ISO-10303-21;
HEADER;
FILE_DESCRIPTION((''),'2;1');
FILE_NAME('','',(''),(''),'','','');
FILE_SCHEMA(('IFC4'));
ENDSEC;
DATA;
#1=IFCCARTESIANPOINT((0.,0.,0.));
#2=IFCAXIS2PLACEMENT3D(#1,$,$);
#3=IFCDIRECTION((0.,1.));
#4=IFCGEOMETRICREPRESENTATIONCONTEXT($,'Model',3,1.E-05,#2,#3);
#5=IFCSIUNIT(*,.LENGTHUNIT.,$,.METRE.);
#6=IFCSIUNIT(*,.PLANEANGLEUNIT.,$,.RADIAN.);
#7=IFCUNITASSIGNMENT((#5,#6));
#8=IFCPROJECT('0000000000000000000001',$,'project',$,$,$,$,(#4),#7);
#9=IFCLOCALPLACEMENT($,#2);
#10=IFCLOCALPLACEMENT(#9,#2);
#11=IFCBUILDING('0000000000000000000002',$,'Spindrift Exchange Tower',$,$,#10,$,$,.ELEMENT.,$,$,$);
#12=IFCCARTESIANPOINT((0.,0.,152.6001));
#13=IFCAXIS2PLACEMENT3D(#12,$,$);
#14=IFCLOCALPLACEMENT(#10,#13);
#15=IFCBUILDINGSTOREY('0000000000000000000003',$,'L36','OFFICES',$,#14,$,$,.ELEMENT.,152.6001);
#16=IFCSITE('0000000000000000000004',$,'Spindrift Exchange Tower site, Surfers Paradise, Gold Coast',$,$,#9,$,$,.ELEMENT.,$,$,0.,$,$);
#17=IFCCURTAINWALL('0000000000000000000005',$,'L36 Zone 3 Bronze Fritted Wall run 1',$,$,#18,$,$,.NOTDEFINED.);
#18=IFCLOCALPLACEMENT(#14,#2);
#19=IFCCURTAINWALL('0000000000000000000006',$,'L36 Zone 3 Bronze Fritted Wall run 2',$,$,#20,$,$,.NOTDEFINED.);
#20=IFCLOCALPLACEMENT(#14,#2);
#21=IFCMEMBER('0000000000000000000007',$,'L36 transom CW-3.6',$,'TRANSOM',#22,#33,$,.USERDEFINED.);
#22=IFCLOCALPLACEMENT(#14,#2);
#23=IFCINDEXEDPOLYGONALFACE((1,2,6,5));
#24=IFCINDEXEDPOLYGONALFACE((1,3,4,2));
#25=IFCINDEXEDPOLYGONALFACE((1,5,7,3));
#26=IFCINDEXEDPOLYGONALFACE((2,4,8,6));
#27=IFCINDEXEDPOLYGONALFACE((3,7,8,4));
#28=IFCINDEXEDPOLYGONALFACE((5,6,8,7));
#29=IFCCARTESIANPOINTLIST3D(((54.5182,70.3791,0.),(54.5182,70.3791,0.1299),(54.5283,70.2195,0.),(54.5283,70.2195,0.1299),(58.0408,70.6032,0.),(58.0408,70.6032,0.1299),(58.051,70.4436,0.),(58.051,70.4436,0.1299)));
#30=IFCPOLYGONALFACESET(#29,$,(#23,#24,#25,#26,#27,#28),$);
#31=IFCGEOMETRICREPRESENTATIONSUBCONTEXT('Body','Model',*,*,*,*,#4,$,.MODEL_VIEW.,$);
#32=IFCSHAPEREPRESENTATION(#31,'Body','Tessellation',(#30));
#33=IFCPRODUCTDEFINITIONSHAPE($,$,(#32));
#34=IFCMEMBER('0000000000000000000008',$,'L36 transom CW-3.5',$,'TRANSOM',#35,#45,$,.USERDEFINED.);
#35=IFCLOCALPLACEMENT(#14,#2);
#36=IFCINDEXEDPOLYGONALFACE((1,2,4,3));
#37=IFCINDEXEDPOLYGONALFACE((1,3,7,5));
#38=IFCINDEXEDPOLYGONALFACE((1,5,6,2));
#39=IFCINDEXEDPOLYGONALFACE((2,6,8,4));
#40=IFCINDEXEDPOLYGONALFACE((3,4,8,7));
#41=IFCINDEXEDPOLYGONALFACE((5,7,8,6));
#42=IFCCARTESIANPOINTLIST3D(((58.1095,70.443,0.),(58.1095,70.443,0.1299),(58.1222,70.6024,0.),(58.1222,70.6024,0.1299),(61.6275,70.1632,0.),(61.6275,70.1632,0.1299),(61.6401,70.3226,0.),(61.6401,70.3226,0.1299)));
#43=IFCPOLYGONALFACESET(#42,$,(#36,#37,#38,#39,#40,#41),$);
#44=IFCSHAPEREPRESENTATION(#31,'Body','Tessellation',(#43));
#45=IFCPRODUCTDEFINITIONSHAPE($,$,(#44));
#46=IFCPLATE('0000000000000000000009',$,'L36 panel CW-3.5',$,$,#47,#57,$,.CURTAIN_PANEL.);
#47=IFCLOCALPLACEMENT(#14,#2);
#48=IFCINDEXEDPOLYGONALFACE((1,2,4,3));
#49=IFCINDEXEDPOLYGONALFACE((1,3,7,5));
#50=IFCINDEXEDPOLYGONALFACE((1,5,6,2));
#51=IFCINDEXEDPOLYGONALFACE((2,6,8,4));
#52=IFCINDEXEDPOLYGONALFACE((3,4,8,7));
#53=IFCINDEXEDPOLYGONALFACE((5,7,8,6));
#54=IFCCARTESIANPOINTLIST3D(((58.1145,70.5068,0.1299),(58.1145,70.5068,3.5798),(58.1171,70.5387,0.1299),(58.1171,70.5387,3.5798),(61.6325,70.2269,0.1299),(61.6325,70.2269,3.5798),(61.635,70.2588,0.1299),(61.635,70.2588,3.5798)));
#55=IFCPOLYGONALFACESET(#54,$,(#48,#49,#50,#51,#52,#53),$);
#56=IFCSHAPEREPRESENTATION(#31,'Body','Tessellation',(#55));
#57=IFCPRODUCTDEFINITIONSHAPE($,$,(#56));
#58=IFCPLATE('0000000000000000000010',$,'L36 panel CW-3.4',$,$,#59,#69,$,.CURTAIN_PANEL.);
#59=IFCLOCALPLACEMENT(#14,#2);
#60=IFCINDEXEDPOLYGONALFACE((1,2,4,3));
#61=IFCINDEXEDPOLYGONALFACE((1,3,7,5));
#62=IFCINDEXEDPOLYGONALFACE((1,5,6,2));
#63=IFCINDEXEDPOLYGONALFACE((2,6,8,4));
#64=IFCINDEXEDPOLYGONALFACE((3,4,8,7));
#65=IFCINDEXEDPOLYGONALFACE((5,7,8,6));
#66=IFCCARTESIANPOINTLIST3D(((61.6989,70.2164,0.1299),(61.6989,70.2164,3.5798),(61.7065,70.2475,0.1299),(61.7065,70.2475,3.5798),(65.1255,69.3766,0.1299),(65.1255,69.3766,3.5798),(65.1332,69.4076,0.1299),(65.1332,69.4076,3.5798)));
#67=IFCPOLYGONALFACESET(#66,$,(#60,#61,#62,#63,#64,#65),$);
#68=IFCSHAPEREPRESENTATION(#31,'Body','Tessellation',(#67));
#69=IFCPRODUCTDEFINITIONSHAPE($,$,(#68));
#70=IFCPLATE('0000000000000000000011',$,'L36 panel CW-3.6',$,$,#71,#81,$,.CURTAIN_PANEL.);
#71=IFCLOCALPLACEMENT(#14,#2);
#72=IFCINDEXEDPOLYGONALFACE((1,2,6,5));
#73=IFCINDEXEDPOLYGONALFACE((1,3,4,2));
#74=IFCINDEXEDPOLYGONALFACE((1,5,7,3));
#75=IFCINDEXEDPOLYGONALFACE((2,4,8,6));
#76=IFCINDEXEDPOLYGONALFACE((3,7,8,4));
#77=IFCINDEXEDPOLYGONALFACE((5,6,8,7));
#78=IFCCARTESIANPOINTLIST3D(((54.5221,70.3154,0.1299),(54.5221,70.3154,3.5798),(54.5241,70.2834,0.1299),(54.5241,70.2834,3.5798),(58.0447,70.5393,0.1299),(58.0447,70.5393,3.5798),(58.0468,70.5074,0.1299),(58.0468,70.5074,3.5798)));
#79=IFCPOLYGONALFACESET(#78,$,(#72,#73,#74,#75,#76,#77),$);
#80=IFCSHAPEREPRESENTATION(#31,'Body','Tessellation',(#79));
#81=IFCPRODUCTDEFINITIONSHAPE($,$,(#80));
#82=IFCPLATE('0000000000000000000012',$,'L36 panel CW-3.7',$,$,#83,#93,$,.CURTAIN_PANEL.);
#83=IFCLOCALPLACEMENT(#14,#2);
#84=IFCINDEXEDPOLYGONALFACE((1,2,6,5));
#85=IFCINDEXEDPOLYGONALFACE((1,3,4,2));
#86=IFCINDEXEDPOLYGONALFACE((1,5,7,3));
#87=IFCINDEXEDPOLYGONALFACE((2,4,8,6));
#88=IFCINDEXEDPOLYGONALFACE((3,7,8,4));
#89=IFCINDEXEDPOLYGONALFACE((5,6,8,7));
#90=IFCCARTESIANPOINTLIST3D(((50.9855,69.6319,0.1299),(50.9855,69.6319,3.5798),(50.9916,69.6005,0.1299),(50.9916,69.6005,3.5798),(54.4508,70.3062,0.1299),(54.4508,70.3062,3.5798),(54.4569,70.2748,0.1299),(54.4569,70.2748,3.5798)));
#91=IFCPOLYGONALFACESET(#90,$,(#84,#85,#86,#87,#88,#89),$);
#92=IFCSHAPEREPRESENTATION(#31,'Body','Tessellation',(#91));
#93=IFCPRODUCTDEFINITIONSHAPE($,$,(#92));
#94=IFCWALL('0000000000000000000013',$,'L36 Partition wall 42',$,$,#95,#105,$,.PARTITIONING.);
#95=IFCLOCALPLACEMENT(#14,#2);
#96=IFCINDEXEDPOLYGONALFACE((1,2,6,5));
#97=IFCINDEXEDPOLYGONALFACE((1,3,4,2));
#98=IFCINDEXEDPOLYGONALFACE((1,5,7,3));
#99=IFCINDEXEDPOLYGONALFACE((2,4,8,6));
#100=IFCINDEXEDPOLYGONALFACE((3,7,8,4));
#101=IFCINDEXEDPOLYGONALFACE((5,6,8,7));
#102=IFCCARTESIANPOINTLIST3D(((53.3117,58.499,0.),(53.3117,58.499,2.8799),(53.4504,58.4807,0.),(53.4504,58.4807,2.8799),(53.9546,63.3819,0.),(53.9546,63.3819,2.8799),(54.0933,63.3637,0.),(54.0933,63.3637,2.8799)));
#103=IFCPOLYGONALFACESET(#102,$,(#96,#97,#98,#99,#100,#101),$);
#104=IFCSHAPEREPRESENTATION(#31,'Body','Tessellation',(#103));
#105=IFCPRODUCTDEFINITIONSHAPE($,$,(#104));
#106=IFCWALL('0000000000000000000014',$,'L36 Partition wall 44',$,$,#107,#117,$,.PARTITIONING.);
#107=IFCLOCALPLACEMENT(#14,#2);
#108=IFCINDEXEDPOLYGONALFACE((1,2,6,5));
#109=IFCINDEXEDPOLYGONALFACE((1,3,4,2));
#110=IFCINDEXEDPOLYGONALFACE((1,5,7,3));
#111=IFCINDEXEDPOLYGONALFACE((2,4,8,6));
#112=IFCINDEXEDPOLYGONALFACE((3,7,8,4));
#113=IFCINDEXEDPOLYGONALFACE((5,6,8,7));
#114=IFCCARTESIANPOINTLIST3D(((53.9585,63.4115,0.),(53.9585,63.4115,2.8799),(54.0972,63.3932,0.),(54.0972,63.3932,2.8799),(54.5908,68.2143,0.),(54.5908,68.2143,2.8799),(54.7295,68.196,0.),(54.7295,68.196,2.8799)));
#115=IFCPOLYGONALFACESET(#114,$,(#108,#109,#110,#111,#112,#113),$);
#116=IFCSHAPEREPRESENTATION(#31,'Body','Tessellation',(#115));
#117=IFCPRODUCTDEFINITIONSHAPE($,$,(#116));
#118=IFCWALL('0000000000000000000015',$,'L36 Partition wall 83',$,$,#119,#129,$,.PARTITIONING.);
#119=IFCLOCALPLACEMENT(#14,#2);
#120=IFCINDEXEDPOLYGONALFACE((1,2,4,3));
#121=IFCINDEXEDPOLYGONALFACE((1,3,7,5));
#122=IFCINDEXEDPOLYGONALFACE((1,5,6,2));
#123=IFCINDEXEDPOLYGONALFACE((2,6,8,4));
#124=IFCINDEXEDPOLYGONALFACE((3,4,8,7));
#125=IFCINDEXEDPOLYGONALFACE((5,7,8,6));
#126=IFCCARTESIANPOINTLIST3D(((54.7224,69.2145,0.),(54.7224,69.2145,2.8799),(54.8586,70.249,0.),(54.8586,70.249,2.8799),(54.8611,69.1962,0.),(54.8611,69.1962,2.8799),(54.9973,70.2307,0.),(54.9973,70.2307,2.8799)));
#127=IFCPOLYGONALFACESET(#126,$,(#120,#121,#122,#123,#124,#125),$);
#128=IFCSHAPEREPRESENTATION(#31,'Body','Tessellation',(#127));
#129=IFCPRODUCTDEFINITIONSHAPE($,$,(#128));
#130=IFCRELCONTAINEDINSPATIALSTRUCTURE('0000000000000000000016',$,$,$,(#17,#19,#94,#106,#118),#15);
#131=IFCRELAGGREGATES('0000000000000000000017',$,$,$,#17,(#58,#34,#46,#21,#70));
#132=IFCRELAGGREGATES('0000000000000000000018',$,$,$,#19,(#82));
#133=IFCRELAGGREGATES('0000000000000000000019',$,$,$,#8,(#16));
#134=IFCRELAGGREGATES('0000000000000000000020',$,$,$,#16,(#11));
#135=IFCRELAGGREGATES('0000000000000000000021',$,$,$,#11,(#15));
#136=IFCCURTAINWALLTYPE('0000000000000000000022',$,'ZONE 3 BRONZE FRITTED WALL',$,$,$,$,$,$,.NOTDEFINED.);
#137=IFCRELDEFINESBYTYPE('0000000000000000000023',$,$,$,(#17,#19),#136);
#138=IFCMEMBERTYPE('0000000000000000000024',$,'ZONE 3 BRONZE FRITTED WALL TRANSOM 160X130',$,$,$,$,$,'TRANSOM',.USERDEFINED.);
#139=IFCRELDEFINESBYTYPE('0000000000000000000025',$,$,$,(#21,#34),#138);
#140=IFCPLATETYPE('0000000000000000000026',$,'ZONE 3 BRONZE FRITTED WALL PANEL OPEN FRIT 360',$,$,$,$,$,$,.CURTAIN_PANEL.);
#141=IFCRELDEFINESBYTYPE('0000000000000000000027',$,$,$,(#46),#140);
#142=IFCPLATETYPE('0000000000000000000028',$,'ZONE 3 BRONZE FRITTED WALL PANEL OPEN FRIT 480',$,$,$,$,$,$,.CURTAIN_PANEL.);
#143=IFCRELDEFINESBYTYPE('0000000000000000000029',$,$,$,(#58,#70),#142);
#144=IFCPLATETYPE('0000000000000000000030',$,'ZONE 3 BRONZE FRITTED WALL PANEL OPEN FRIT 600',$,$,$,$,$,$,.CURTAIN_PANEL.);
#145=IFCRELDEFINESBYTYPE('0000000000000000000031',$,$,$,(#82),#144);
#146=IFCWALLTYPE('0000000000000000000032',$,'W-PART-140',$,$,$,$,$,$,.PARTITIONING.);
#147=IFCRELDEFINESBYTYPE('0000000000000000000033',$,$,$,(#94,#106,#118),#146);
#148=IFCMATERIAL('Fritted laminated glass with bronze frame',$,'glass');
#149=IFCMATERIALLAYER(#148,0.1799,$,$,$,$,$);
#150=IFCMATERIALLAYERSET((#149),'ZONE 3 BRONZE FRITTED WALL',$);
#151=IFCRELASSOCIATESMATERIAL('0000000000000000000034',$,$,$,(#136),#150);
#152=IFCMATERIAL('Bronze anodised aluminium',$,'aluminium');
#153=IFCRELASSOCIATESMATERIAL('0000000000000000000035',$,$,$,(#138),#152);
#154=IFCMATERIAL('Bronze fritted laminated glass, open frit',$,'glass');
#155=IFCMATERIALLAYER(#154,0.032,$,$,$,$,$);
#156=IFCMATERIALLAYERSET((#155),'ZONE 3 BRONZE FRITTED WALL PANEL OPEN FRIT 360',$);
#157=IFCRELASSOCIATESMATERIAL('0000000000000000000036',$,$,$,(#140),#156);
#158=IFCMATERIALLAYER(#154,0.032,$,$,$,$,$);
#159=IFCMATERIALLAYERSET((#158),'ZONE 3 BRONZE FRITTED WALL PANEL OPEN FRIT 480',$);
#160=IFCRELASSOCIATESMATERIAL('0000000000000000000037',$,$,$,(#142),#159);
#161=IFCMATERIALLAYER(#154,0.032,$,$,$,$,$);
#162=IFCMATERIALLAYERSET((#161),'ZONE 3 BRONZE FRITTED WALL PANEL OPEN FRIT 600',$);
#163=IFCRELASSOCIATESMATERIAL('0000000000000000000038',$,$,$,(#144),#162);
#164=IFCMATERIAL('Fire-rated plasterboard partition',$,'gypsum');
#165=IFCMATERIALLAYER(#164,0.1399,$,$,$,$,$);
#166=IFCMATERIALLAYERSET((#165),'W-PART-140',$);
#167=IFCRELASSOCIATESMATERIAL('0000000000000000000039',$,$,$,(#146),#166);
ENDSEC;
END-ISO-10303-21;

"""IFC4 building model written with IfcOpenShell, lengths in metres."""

from ifc_helpers import new_model, si_unit, direction, frame, frame_2d, origin, origin_2d, place, context, subcontext, project, spatial, rectangle, extrude, source, transform, mapped, material, layer, layer_set, material_profile, profile_set, type_object, element, aggregate, save


model = new_model("IFC4")

# Units and contexts
model_context = context("Model", 3, precision=1e-05, world=origin(), true_north=direction((0.0, 1.0)))
body_context = subcontext(model_context, "Body", "Model", "MODEL_VIEW")
ifc_project = project(units=[si_unit("LENGTHUNIT", "METRE"), si_unit("PLANEANGLEUNIT", "RADIAN")], contexts=[model_context])

# Site, building, storey
site_placement = place(None, origin())
site = spatial("IfcSite", under=ifc_project, at=site_placement, Name="Spindrift Exchange Tower site, Surfers Paradise, Gold Coast", CompositionType="ELEMENT", RefElevation=0.0)
building_placement = place(site_placement, origin())
building = spatial("IfcBuilding", under=site, at=building_placement, Name="Spindrift Exchange Tower", CompositionType="ELEMENT")
storey_placement = place(building_placement, frame((0.0, 0.0, 152.6001)))
storey = spatial("IfcBuildingStorey", under=building, at=storey_placement, Name="L36", Description="OFFICES", CompositionType="ELEMENT", Elevation=152.6001)

# Curtain walls
ifc_material_1 = material(Name="Fritted laminated glass with bronze frame", Category="glass")
ifc_layer_1 = layer(ifc_material_1, 0.1799)
ifc_layer_set_1 = layer_set([ifc_layer_1], Name="ZONE 3 BRONZE FRITTED WALL")
curtain_wall_type = type_object("IfcCurtainWallType", Name="ZONE 3 BRONZE FRITTED WALL", PredefinedType="NOTDEFINED", material=ifc_layer_set_1)
curtain_wall_1_placement = place(storey_placement, origin())
curtain_wall_1 = element("IfcCurtainWall", 1, at=curtain_wall_1_placement, inside=storey, type_object=curtain_wall_type, Name="L36 Zone 3 Bronze Fritted Wall run 1", PredefinedType="NOTDEFINED")
ifc_material_2 = material(Name="Bronze anodised aluminium", Category="aluminium")
curtain_wall_2_placement = place(storey_placement, origin())
curtain_wall_2 = element("IfcCurtainWall", 2, at=curtain_wall_2_placement, inside=storey, type_object=curtain_wall_type, Name="L36 Zone 3 Bronze Fritted Wall run 2", PredefinedType="NOTDEFINED")
ifc_material_profile_1 = material_profile(ifc_material_2, rectangle(XDim=0.1599, YDim=0.1299, at=origin_2d()), Name="ZONE 3 BRONZE FRITTED WALL TRANSOM 160X130")
ifc_profile_set_1 = profile_set([ifc_material_profile_1], Name="Bronze anodised aluminium")
member_type_1 = type_object("IfcMemberType", Name="ZONE 3 BRONZE FRITTED WALL TRANSOM 160X130", ElementType="TRANSOM", PredefinedType="USERDEFINED", material=ifc_profile_set_1)

# Members
shared_shape_1 = source(origin(), body_context, "Body", "SweptSolid", [
    extrude(rectangle(XDim=0.1599, YDim=0.1299, at=origin_2d()), origin(), (0.0, 0.0, 1.0), 3.5298),
])
member_1_placement = place(storey_placement, frame((58.0459, 70.5234, 0.0649), z_axis=(-0.997982, -0.063493, 0.0), x_axis=(0.063493, -0.997982, 0.0)))
member_1 = element("IfcMember", 3, at=member_1_placement, type_object=member_type_1, Name="L36 transom CW-3.6", ObjectType="TRANSOM", PredefinedType="USERDEFINED", context=body_context, shape_type="MappedRepresentation", body=[
    mapped(shared_shape_1, transform((0.0, 0.0, 0.0), scale=1.0)),
])
shared_shape_2 = source(origin(), body_context, "Body", "SweptSolid", [
    extrude(rectangle(XDim=0.1599, YDim=0.1299, at=origin_2d()), origin(), (0.0, 0.0, 1.0), 3.5291),
])
member_2_placement = place(storey_placement, frame((61.6338, 70.2429, 0.0649), z_axis=(-0.996853, 0.079278, 0.0), x_axis=(-0.079278, -0.996853, 0.0)))
member_2 = element("IfcMember", 4, at=member_2_placement, type_object=member_type_1, Name="L36 transom CW-3.5", ObjectType="TRANSOM", PredefinedType="USERDEFINED", context=body_context, shape_type="MappedRepresentation", body=[
    mapped(shared_shape_2, transform((0.0, 0.0, 0.0), scale=1.0)),
])

# Plates
ifc_material_3 = material(Name="Bronze fritted laminated glass, open frit", Category="glass")
ifc_layer_2 = layer(ifc_material_3, 0.032)
ifc_layer_set_2 = layer_set([ifc_layer_2], Name="ZONE 3 BRONZE FRITTED WALL PANEL OPEN FRIT 360")
plate_type_1 = type_object("IfcPlateType", Name="ZONE 3 BRONZE FRITTED WALL PANEL OPEN FRIT 360", PredefinedType="CURTAIN_PANEL", material=ifc_layer_set_2)
shared_shape_3 = source(origin(), body_context, "Body", "SweptSolid", [
    extrude(rectangle(XDim=3.5291, YDim=0.032, at=origin_2d()), origin(), (0.0, 0.0, 1.0), 3.45),
])
plate_1_placement = place(storey_placement, frame((59.8748, 70.3828, 0.1299), z_axis=(0.0, 0.0, 1.0), x_axis=(-0.996851, 0.079298, 0.0)))
plate_1 = element("IfcPlate", 5, at=plate_1_placement, type_object=plate_type_1, Name="L36 panel CW-3.5", PredefinedType="CURTAIN_PANEL", context=body_context, shape_type="MappedRepresentation", body=[
    mapped(shared_shape_3, transform((0.0, 0.0, 0.0), scale=1.0)),
])
ifc_layer_3 = layer(ifc_material_3, 0.032)
ifc_layer_set_3 = layer_set([ifc_layer_3], Name="ZONE 3 BRONZE FRITTED WALL PANEL OPEN FRIT 480")
plate_type_2 = type_object("IfcPlateType", Name="ZONE 3 BRONZE FRITTED WALL PANEL OPEN FRIT 480", PredefinedType="CURTAIN_PANEL", material=ifc_layer_set_3)
shared_shape_4 = source(origin(), body_context, "Body", "SweptSolid", [
    extrude(rectangle(XDim=3.5281, YDim=0.032, at=origin_2d()), origin(), (0.0, 0.0, 1.0), 3.45),
])
plate_2_placement = place(storey_placement, frame((63.416, 69.812, 0.1299), z_axis=(0.0, 0.0, 1.0), x_axis=(-0.971255, 0.23804, 0.0)))
plate_2 = element("IfcPlate", 6, at=plate_2_placement, type_object=plate_type_2, Name="L36 panel CW-3.4", PredefinedType="CURTAIN_PANEL", context=body_context, shape_type="MappedRepresentation", body=[
    mapped(shared_shape_4, transform((0.0, 0.0, 0.0), scale=1.0)),
])
shared_shape_5 = source(origin(), body_context, "Body", "SweptSolid", [
    extrude(rectangle(XDim=3.5298, YDim=0.032, at=origin_2d()), origin(), (0.0, 0.0, 1.0), 3.45),
])
plate_3_placement = place(storey_placement, frame((56.2844, 70.4114, 0.1299), z_axis=(0.0, 0.0, 1.0), x_axis=(-0.997985, -0.063447, 0.0)))
plate_3 = element("IfcPlate", 7, at=plate_3_placement, type_object=plate_type_2, Name="L36 panel CW-3.6", PredefinedType="CURTAIN_PANEL", context=body_context, shape_type="MappedRepresentation", body=[
    mapped(shared_shape_5, transform((0.0, 0.0, 0.0), scale=1.0)),
])
aggregate(curtain_wall_1, [plate_2, member_2, plate_1, member_1, plate_3])
ifc_layer_4 = layer(ifc_material_3, 0.032)
ifc_layer_set_4 = layer_set([ifc_layer_4], Name="ZONE 3 BRONZE FRITTED WALL PANEL OPEN FRIT 600")
plate_type_3 = type_object("IfcPlateType", Name="ZONE 3 BRONZE FRITTED WALL PANEL OPEN FRIT 600", PredefinedType="CURTAIN_PANEL", material=ifc_layer_set_4)
shared_shape_6 = source(origin(), body_context, "Body", "SweptSolid", [
    extrude(rectangle(XDim=3.5303, YDim=0.032, at=origin_2d()), origin(), (0.0, 0.0, 1.0), 3.45),
])
plate_4_placement = place(storey_placement, frame((52.7212, 69.9534, 0.1299), z_axis=(0.0, 0.0, 1.0), x_axis=(-0.981588, -0.191013, 0.0)))
plate_4 = element("IfcPlate", 8, at=plate_4_placement, type_object=plate_type_3, Name="L36 panel CW-3.7", PredefinedType="CURTAIN_PANEL", context=body_context, shape_type="MappedRepresentation", body=[
    mapped(shared_shape_6, transform((0.0, 0.0, 0.0), scale=1.0)),
])
aggregate(curtain_wall_2, [plate_4])

# Walls
ifc_material_4 = material(Name="Fire-rated plasterboard partition", Category="gypsum")
ifc_layer_5 = layer(ifc_material_4, 0.1399)
ifc_layer_set_5 = layer_set([ifc_layer_5], Name="W-PART-140")
wall_type = type_object("IfcWallType", Name="W-PART-140", PredefinedType="PARTITIONING", material=ifc_layer_set_5)
wall_1_placement = place(storey_placement, frame((53.3811, 58.49, 0.0), z_axis=(0.0, 0.0, 1.0), x_axis=(0.130524, 0.991445, 0.0)))
element("IfcWall", 9, at=wall_1_placement, inside=storey, type_object=wall_type, Name="L36 Partition wall 42", PredefinedType="PARTITIONING", context=body_context, shape_type="SweptSolid", body=[
    extrude(rectangle(XDim=4.925, YDim=0.1399, at=frame_2d((2.4624, 0.0))), origin(), (0.0, 0.0, 1.0), 2.8799),
])
wall_2_placement = place(storey_placement, frame((54.0278, 63.4023, 0.0), z_axis=(0.0, 0.0, 1.0), x_axis=(0.130533, 0.991444, 0.0)))
element("IfcWall", 10, at=wall_2_placement, inside=storey, type_object=wall_type, Name="L36 Partition wall 44", PredefinedType="PARTITIONING", context=body_context, shape_type="SweptSolid", body=[
    extrude(rectangle(XDim=4.8442, YDim=0.1399, at=frame_2d((2.4221, 0.0))), origin(), (0.0, 0.0, 1.0), 2.8799),
])
wall_3_placement = place(storey_placement, frame((54.7917, 69.2053, 0.0), z_axis=(0.0, 0.0, 1.0), x_axis=(0.13057, 0.991439, 0.0)))
element("IfcWall", 11, at=wall_3_placement, inside=storey, type_object=wall_type, Name="L36 Partition wall 83", PredefinedType="PARTITIONING", context=body_context, shape_type="SweptSolid", body=[
    extrude(rectangle(XDim=1.0435, YDim=0.1399, at=frame_2d((0.5217, 0.0))), origin(), (0.0, 0.0, 1.0), 2.8799),
])

save(model, "model.ifc")
